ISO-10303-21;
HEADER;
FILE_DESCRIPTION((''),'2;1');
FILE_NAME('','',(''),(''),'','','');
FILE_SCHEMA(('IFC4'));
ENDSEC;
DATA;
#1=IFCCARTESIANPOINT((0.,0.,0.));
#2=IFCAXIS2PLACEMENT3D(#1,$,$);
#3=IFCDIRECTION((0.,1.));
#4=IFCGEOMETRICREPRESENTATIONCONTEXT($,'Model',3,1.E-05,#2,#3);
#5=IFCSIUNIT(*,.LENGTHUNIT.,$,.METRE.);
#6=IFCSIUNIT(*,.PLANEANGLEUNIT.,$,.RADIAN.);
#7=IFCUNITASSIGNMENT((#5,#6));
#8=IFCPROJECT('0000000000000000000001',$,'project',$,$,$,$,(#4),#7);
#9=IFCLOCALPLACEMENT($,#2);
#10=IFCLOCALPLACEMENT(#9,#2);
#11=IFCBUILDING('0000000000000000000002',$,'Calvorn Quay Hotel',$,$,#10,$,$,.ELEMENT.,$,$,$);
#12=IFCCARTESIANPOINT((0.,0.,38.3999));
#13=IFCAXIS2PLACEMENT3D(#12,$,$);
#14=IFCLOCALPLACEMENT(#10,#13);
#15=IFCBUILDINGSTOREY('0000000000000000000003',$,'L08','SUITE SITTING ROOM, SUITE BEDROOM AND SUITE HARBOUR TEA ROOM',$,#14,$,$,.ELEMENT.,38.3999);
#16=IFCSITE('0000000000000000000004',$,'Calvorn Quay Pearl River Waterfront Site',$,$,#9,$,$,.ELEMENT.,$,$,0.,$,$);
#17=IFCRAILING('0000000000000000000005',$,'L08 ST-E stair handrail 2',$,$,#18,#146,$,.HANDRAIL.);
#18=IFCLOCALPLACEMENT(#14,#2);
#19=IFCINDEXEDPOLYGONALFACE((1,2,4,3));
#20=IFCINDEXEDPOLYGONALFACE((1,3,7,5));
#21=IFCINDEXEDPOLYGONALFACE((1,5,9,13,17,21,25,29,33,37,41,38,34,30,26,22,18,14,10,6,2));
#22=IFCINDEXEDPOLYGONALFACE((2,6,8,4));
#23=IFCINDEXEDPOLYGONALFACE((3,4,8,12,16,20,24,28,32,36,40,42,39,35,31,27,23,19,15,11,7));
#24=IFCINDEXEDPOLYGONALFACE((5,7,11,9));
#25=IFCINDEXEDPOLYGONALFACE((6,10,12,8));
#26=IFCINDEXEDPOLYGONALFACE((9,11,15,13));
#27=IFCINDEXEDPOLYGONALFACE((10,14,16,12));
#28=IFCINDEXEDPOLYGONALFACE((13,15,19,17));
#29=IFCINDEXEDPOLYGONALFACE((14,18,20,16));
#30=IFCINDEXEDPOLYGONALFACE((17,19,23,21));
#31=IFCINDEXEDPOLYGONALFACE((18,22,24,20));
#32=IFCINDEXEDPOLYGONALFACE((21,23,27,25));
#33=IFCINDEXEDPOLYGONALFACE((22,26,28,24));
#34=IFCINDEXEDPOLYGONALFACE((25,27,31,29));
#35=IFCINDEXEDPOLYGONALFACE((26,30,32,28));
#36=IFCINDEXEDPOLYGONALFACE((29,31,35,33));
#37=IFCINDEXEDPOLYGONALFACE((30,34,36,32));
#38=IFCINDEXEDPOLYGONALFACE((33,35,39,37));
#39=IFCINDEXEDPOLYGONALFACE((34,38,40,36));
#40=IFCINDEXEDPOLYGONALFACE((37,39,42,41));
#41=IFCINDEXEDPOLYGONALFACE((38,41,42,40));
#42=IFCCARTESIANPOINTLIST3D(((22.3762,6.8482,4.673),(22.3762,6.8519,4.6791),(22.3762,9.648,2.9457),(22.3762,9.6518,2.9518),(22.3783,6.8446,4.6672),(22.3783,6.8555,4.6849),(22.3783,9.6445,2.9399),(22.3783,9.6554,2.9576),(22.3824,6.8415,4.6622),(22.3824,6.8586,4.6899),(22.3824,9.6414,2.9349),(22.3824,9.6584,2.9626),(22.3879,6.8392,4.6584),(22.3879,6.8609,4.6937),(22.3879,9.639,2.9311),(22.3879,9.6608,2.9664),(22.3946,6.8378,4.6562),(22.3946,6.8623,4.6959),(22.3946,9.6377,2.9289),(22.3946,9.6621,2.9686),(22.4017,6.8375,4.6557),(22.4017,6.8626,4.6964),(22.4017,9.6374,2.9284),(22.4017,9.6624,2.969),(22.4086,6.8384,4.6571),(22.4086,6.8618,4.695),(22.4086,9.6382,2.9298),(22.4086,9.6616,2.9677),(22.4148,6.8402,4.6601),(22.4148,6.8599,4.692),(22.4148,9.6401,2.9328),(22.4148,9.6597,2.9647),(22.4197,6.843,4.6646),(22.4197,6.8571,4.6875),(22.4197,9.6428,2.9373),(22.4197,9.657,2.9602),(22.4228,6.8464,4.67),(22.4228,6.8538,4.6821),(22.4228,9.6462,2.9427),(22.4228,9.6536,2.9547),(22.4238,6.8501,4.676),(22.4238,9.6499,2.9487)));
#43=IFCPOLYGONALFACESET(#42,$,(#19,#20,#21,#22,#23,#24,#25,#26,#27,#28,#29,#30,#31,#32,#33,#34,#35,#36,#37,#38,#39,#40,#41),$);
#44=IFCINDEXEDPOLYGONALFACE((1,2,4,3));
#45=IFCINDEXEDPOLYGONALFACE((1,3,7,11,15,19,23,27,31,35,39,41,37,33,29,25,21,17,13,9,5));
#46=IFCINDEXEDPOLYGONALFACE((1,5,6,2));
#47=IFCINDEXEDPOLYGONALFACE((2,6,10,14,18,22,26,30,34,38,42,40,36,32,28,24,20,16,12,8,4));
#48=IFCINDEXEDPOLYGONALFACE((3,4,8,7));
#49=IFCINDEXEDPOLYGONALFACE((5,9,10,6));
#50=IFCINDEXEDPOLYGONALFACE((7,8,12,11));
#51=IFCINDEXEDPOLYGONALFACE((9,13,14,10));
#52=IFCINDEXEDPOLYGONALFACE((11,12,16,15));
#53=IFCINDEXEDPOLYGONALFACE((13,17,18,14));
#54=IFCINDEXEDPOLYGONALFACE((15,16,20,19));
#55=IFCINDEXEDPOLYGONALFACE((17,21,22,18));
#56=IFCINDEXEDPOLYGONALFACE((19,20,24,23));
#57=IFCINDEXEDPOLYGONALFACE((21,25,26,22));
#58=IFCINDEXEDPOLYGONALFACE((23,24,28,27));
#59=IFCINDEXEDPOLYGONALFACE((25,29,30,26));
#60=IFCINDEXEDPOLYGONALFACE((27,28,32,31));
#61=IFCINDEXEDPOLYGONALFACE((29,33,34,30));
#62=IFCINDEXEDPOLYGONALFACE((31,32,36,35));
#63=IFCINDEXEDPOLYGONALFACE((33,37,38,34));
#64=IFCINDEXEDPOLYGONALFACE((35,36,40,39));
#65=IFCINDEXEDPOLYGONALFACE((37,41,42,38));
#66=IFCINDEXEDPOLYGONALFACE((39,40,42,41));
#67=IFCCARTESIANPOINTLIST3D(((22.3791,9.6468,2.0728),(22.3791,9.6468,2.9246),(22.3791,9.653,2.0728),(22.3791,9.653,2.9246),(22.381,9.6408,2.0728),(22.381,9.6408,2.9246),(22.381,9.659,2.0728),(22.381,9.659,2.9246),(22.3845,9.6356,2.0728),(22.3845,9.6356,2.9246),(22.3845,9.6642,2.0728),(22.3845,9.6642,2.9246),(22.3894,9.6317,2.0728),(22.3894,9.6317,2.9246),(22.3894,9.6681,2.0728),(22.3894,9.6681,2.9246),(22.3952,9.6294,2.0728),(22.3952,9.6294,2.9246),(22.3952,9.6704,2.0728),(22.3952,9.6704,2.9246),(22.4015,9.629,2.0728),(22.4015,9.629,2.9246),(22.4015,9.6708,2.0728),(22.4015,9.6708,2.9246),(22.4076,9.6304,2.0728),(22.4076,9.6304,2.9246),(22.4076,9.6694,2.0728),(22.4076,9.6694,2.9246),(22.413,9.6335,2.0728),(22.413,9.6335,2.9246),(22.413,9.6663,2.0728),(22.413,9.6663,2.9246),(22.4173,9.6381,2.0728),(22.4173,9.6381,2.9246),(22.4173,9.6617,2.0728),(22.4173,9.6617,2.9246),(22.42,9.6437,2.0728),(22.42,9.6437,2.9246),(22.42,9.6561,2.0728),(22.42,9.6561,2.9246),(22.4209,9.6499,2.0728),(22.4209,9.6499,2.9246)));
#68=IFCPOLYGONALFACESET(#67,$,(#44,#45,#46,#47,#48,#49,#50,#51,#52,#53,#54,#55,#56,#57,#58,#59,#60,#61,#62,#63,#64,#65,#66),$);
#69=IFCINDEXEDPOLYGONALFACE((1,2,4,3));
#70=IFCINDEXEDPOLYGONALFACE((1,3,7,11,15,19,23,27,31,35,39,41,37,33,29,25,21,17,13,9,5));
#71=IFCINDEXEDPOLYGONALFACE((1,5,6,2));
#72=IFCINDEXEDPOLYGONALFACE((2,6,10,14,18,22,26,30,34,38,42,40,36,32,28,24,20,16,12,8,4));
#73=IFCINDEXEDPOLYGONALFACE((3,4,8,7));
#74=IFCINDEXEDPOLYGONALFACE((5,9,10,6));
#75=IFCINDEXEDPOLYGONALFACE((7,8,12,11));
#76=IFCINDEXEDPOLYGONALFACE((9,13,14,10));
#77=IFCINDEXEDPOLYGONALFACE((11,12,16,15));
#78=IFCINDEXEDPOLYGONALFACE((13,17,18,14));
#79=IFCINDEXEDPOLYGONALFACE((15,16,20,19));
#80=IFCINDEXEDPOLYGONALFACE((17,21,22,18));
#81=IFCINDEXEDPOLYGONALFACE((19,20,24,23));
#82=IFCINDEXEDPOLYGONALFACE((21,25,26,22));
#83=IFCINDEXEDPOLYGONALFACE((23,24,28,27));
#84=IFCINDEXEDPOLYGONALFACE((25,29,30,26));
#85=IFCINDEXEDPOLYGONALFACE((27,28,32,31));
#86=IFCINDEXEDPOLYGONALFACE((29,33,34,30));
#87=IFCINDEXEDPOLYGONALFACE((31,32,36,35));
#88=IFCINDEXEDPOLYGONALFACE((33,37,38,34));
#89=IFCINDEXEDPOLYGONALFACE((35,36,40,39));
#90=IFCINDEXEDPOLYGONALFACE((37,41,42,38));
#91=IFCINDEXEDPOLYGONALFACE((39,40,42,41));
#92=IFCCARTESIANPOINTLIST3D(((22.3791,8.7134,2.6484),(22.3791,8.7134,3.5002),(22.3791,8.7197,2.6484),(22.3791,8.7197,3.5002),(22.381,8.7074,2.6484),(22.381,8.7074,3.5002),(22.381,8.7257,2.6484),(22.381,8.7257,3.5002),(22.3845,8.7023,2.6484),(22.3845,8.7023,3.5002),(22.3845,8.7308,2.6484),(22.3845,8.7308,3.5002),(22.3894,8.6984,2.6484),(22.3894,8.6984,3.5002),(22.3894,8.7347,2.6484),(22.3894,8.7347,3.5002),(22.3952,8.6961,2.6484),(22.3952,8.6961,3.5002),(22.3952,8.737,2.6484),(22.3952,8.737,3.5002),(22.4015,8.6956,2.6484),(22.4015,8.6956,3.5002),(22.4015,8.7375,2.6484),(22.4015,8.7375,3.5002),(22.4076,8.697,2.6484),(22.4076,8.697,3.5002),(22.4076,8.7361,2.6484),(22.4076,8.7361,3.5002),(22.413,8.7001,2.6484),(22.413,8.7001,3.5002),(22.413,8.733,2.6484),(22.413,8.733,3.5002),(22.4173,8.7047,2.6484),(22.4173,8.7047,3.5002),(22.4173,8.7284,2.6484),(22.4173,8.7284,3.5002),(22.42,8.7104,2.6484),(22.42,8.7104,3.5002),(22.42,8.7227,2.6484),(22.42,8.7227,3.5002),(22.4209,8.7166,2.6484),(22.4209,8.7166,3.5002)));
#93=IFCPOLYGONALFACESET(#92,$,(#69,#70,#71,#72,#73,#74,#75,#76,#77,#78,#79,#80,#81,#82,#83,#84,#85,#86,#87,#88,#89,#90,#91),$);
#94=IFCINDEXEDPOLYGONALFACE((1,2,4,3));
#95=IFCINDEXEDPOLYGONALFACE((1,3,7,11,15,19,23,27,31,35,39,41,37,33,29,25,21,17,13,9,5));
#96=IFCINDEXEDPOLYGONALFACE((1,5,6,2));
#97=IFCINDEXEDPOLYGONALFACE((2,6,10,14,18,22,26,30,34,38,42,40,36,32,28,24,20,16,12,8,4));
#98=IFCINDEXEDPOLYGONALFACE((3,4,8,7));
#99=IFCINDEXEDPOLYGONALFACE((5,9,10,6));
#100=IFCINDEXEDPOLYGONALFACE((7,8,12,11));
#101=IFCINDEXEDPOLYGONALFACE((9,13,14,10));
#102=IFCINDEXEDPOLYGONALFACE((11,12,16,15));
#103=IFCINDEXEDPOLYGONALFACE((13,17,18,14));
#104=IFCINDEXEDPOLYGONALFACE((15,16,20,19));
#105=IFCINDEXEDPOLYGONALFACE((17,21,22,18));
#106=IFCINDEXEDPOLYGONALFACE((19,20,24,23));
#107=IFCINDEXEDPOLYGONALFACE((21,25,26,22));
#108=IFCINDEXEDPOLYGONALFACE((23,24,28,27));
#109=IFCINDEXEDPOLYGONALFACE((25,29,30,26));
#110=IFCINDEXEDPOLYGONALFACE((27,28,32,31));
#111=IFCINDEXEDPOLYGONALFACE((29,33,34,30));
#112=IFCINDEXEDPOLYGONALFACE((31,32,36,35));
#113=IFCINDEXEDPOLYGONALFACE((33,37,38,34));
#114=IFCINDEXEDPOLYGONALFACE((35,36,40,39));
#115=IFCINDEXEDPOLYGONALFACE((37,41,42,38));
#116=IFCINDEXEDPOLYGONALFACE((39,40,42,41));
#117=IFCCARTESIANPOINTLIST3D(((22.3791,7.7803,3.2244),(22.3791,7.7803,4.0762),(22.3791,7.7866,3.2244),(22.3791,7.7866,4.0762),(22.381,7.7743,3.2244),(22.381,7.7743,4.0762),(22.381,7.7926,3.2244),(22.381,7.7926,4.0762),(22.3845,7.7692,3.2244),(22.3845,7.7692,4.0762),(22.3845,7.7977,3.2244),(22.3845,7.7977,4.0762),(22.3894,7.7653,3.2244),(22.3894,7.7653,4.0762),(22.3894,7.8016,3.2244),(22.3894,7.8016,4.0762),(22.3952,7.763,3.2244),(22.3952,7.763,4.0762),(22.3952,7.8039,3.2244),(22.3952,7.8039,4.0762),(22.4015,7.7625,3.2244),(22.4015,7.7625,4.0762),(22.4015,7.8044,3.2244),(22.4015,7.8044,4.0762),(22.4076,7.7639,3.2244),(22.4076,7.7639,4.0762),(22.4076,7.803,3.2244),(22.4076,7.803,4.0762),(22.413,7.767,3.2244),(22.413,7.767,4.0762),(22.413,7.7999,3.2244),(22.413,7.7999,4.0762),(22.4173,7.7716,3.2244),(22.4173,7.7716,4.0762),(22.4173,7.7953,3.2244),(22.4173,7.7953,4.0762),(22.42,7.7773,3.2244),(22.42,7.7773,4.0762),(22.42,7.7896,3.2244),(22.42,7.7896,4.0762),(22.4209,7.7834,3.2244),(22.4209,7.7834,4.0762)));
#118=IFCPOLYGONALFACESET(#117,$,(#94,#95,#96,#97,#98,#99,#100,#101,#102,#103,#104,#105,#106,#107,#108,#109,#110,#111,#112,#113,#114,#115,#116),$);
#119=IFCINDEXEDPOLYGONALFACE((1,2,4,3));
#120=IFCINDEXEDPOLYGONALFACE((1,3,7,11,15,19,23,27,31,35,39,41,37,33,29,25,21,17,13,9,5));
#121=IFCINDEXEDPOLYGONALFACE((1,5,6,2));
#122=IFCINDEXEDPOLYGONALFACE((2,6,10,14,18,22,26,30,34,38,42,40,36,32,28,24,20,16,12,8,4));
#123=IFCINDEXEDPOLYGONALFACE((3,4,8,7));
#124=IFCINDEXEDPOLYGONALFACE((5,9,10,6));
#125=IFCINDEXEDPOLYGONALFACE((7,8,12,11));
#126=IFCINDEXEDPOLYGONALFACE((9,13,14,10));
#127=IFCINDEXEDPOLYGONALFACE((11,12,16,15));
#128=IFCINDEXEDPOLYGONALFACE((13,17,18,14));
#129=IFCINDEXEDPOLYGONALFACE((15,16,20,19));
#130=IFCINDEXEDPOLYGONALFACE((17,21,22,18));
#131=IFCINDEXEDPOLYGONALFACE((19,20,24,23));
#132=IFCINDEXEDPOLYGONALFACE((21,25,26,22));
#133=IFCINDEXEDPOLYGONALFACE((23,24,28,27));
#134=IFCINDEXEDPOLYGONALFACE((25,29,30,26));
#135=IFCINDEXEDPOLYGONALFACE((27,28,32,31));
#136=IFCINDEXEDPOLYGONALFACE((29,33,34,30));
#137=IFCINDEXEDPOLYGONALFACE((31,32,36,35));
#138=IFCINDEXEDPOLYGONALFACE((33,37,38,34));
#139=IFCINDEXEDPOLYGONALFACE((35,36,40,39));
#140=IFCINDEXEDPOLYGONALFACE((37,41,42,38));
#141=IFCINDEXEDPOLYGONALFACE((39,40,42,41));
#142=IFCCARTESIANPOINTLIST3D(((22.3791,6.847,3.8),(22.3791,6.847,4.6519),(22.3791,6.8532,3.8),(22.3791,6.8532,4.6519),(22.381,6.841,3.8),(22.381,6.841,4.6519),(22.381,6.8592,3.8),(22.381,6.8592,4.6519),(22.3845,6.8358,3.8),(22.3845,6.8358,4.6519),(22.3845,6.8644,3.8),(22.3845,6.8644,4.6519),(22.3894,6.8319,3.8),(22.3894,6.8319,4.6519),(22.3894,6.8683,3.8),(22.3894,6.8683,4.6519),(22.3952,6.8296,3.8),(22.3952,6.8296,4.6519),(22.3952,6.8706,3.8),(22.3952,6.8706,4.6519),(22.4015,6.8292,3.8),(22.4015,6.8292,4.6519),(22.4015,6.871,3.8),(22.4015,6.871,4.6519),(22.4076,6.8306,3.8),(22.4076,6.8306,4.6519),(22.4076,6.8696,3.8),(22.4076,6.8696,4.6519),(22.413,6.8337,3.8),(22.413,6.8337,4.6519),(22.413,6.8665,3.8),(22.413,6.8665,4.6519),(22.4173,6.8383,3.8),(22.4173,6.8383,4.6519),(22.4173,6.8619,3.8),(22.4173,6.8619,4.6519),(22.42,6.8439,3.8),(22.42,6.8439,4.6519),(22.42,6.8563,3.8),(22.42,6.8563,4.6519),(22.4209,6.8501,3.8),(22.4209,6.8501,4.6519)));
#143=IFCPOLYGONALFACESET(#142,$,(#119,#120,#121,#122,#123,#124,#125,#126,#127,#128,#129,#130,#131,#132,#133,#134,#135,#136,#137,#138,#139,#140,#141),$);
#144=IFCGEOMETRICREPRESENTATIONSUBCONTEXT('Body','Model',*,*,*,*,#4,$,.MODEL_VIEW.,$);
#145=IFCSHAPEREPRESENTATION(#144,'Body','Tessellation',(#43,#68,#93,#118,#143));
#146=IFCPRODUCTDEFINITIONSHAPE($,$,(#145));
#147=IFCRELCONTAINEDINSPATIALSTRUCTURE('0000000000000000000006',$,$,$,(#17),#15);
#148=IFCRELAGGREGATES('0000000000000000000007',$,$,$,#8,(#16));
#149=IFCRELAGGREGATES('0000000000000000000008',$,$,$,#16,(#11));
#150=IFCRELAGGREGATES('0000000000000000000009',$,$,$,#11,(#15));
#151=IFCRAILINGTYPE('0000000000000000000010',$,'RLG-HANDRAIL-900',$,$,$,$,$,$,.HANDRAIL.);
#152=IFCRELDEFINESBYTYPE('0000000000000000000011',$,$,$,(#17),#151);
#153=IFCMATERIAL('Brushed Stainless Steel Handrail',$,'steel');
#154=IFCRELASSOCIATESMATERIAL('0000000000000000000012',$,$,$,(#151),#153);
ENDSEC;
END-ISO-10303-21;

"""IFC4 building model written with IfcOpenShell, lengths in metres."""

from ifc_helpers import new_model, si_unit, direction, frame, origin, origin_2d, place, context, subcontext, project, spatial, circle, extrude, material, type_object, element, save


model = new_model("IFC4")

# Units and contexts
model_context = context("Model", 3, precision=1e-05, world=origin(), true_north=direction((0.0, 1.0)))
body_context = subcontext(model_context, "Body", "Model", "MODEL_VIEW")
ifc_project = project(units=[si_unit("LENGTHUNIT", "METRE"), si_unit("PLANEANGLEUNIT", "RADIAN")], contexts=[model_context])

# Site, building, storey
site_placement = place(None, origin())
site = spatial("IfcSite", under=ifc_project, at=site_placement, Name="Calvorn Quay Pearl River Waterfront Site", CompositionType="ELEMENT", RefElevation=0.0)
building_placement = place(site_placement, origin())
building = spatial("IfcBuilding", under=site, at=building_placement, Name="Calvorn Quay Hotel", CompositionType="ELEMENT")
storey_placement = place(building_placement, frame((0.0, 0.0, 38.3999)))
storey = spatial("IfcBuildingStorey", under=building, at=storey_placement, Name="L08", Description="SUITE SITTING ROOM, SUITE BEDROOM AND SUITE HARBOUR TEA ROOM", CompositionType="ELEMENT", Elevation=38.3999)

# Railing
ifc_material_1 = material(Name="Brushed Stainless Steel Handrail", Category="steel")
railing_type_1 = type_object("IfcRailingType", Name="RLG-HANDRAIL-900", PredefinedType="HANDRAIL", material=ifc_material_1)
railing_1_placement = place(storey_placement, frame((22.3999, 9.6499, 2.0728)))
element("IfcRailing", 1, at=railing_1_placement, inside=storey, type_object=railing_type_1, Name="L08 ST-E stair handrail 2", PredefinedType="HANDRAIL", context=body_context, shape_type="SweptSolid", body=[
    extrude(circle(Radius=0.0239, at=origin_2d()), frame((0.0, 0.0, 0.876), z_axis=(0.0, -0.851069, 0.525054), x_axis=(1.0, 0.0, 0.0)), (0.0, 0.0, 1.0), 3.2898),
    extrude(circle(Radius=0.021, at=origin_2d()), origin(), (0.0, 0.0, 1.0), 0.8518),
    extrude(circle(Radius=0.021, at=origin_2d()), frame((0.0, -0.9333, 0.5757)), (0.0, 0.0, 1.0), 0.8518),
    extrude(circle(Radius=0.021, at=origin_2d()), frame((0.0, -1.8665, 1.1516)), (0.0, 0.0, 1.0), 0.8518),
    extrude(circle(Radius=0.021, at=origin_2d()), frame((0.0, -2.7998, 1.7273)), (0.0, 0.0, 1.0), 0.8518),
])

save(model, "model.ifc")
